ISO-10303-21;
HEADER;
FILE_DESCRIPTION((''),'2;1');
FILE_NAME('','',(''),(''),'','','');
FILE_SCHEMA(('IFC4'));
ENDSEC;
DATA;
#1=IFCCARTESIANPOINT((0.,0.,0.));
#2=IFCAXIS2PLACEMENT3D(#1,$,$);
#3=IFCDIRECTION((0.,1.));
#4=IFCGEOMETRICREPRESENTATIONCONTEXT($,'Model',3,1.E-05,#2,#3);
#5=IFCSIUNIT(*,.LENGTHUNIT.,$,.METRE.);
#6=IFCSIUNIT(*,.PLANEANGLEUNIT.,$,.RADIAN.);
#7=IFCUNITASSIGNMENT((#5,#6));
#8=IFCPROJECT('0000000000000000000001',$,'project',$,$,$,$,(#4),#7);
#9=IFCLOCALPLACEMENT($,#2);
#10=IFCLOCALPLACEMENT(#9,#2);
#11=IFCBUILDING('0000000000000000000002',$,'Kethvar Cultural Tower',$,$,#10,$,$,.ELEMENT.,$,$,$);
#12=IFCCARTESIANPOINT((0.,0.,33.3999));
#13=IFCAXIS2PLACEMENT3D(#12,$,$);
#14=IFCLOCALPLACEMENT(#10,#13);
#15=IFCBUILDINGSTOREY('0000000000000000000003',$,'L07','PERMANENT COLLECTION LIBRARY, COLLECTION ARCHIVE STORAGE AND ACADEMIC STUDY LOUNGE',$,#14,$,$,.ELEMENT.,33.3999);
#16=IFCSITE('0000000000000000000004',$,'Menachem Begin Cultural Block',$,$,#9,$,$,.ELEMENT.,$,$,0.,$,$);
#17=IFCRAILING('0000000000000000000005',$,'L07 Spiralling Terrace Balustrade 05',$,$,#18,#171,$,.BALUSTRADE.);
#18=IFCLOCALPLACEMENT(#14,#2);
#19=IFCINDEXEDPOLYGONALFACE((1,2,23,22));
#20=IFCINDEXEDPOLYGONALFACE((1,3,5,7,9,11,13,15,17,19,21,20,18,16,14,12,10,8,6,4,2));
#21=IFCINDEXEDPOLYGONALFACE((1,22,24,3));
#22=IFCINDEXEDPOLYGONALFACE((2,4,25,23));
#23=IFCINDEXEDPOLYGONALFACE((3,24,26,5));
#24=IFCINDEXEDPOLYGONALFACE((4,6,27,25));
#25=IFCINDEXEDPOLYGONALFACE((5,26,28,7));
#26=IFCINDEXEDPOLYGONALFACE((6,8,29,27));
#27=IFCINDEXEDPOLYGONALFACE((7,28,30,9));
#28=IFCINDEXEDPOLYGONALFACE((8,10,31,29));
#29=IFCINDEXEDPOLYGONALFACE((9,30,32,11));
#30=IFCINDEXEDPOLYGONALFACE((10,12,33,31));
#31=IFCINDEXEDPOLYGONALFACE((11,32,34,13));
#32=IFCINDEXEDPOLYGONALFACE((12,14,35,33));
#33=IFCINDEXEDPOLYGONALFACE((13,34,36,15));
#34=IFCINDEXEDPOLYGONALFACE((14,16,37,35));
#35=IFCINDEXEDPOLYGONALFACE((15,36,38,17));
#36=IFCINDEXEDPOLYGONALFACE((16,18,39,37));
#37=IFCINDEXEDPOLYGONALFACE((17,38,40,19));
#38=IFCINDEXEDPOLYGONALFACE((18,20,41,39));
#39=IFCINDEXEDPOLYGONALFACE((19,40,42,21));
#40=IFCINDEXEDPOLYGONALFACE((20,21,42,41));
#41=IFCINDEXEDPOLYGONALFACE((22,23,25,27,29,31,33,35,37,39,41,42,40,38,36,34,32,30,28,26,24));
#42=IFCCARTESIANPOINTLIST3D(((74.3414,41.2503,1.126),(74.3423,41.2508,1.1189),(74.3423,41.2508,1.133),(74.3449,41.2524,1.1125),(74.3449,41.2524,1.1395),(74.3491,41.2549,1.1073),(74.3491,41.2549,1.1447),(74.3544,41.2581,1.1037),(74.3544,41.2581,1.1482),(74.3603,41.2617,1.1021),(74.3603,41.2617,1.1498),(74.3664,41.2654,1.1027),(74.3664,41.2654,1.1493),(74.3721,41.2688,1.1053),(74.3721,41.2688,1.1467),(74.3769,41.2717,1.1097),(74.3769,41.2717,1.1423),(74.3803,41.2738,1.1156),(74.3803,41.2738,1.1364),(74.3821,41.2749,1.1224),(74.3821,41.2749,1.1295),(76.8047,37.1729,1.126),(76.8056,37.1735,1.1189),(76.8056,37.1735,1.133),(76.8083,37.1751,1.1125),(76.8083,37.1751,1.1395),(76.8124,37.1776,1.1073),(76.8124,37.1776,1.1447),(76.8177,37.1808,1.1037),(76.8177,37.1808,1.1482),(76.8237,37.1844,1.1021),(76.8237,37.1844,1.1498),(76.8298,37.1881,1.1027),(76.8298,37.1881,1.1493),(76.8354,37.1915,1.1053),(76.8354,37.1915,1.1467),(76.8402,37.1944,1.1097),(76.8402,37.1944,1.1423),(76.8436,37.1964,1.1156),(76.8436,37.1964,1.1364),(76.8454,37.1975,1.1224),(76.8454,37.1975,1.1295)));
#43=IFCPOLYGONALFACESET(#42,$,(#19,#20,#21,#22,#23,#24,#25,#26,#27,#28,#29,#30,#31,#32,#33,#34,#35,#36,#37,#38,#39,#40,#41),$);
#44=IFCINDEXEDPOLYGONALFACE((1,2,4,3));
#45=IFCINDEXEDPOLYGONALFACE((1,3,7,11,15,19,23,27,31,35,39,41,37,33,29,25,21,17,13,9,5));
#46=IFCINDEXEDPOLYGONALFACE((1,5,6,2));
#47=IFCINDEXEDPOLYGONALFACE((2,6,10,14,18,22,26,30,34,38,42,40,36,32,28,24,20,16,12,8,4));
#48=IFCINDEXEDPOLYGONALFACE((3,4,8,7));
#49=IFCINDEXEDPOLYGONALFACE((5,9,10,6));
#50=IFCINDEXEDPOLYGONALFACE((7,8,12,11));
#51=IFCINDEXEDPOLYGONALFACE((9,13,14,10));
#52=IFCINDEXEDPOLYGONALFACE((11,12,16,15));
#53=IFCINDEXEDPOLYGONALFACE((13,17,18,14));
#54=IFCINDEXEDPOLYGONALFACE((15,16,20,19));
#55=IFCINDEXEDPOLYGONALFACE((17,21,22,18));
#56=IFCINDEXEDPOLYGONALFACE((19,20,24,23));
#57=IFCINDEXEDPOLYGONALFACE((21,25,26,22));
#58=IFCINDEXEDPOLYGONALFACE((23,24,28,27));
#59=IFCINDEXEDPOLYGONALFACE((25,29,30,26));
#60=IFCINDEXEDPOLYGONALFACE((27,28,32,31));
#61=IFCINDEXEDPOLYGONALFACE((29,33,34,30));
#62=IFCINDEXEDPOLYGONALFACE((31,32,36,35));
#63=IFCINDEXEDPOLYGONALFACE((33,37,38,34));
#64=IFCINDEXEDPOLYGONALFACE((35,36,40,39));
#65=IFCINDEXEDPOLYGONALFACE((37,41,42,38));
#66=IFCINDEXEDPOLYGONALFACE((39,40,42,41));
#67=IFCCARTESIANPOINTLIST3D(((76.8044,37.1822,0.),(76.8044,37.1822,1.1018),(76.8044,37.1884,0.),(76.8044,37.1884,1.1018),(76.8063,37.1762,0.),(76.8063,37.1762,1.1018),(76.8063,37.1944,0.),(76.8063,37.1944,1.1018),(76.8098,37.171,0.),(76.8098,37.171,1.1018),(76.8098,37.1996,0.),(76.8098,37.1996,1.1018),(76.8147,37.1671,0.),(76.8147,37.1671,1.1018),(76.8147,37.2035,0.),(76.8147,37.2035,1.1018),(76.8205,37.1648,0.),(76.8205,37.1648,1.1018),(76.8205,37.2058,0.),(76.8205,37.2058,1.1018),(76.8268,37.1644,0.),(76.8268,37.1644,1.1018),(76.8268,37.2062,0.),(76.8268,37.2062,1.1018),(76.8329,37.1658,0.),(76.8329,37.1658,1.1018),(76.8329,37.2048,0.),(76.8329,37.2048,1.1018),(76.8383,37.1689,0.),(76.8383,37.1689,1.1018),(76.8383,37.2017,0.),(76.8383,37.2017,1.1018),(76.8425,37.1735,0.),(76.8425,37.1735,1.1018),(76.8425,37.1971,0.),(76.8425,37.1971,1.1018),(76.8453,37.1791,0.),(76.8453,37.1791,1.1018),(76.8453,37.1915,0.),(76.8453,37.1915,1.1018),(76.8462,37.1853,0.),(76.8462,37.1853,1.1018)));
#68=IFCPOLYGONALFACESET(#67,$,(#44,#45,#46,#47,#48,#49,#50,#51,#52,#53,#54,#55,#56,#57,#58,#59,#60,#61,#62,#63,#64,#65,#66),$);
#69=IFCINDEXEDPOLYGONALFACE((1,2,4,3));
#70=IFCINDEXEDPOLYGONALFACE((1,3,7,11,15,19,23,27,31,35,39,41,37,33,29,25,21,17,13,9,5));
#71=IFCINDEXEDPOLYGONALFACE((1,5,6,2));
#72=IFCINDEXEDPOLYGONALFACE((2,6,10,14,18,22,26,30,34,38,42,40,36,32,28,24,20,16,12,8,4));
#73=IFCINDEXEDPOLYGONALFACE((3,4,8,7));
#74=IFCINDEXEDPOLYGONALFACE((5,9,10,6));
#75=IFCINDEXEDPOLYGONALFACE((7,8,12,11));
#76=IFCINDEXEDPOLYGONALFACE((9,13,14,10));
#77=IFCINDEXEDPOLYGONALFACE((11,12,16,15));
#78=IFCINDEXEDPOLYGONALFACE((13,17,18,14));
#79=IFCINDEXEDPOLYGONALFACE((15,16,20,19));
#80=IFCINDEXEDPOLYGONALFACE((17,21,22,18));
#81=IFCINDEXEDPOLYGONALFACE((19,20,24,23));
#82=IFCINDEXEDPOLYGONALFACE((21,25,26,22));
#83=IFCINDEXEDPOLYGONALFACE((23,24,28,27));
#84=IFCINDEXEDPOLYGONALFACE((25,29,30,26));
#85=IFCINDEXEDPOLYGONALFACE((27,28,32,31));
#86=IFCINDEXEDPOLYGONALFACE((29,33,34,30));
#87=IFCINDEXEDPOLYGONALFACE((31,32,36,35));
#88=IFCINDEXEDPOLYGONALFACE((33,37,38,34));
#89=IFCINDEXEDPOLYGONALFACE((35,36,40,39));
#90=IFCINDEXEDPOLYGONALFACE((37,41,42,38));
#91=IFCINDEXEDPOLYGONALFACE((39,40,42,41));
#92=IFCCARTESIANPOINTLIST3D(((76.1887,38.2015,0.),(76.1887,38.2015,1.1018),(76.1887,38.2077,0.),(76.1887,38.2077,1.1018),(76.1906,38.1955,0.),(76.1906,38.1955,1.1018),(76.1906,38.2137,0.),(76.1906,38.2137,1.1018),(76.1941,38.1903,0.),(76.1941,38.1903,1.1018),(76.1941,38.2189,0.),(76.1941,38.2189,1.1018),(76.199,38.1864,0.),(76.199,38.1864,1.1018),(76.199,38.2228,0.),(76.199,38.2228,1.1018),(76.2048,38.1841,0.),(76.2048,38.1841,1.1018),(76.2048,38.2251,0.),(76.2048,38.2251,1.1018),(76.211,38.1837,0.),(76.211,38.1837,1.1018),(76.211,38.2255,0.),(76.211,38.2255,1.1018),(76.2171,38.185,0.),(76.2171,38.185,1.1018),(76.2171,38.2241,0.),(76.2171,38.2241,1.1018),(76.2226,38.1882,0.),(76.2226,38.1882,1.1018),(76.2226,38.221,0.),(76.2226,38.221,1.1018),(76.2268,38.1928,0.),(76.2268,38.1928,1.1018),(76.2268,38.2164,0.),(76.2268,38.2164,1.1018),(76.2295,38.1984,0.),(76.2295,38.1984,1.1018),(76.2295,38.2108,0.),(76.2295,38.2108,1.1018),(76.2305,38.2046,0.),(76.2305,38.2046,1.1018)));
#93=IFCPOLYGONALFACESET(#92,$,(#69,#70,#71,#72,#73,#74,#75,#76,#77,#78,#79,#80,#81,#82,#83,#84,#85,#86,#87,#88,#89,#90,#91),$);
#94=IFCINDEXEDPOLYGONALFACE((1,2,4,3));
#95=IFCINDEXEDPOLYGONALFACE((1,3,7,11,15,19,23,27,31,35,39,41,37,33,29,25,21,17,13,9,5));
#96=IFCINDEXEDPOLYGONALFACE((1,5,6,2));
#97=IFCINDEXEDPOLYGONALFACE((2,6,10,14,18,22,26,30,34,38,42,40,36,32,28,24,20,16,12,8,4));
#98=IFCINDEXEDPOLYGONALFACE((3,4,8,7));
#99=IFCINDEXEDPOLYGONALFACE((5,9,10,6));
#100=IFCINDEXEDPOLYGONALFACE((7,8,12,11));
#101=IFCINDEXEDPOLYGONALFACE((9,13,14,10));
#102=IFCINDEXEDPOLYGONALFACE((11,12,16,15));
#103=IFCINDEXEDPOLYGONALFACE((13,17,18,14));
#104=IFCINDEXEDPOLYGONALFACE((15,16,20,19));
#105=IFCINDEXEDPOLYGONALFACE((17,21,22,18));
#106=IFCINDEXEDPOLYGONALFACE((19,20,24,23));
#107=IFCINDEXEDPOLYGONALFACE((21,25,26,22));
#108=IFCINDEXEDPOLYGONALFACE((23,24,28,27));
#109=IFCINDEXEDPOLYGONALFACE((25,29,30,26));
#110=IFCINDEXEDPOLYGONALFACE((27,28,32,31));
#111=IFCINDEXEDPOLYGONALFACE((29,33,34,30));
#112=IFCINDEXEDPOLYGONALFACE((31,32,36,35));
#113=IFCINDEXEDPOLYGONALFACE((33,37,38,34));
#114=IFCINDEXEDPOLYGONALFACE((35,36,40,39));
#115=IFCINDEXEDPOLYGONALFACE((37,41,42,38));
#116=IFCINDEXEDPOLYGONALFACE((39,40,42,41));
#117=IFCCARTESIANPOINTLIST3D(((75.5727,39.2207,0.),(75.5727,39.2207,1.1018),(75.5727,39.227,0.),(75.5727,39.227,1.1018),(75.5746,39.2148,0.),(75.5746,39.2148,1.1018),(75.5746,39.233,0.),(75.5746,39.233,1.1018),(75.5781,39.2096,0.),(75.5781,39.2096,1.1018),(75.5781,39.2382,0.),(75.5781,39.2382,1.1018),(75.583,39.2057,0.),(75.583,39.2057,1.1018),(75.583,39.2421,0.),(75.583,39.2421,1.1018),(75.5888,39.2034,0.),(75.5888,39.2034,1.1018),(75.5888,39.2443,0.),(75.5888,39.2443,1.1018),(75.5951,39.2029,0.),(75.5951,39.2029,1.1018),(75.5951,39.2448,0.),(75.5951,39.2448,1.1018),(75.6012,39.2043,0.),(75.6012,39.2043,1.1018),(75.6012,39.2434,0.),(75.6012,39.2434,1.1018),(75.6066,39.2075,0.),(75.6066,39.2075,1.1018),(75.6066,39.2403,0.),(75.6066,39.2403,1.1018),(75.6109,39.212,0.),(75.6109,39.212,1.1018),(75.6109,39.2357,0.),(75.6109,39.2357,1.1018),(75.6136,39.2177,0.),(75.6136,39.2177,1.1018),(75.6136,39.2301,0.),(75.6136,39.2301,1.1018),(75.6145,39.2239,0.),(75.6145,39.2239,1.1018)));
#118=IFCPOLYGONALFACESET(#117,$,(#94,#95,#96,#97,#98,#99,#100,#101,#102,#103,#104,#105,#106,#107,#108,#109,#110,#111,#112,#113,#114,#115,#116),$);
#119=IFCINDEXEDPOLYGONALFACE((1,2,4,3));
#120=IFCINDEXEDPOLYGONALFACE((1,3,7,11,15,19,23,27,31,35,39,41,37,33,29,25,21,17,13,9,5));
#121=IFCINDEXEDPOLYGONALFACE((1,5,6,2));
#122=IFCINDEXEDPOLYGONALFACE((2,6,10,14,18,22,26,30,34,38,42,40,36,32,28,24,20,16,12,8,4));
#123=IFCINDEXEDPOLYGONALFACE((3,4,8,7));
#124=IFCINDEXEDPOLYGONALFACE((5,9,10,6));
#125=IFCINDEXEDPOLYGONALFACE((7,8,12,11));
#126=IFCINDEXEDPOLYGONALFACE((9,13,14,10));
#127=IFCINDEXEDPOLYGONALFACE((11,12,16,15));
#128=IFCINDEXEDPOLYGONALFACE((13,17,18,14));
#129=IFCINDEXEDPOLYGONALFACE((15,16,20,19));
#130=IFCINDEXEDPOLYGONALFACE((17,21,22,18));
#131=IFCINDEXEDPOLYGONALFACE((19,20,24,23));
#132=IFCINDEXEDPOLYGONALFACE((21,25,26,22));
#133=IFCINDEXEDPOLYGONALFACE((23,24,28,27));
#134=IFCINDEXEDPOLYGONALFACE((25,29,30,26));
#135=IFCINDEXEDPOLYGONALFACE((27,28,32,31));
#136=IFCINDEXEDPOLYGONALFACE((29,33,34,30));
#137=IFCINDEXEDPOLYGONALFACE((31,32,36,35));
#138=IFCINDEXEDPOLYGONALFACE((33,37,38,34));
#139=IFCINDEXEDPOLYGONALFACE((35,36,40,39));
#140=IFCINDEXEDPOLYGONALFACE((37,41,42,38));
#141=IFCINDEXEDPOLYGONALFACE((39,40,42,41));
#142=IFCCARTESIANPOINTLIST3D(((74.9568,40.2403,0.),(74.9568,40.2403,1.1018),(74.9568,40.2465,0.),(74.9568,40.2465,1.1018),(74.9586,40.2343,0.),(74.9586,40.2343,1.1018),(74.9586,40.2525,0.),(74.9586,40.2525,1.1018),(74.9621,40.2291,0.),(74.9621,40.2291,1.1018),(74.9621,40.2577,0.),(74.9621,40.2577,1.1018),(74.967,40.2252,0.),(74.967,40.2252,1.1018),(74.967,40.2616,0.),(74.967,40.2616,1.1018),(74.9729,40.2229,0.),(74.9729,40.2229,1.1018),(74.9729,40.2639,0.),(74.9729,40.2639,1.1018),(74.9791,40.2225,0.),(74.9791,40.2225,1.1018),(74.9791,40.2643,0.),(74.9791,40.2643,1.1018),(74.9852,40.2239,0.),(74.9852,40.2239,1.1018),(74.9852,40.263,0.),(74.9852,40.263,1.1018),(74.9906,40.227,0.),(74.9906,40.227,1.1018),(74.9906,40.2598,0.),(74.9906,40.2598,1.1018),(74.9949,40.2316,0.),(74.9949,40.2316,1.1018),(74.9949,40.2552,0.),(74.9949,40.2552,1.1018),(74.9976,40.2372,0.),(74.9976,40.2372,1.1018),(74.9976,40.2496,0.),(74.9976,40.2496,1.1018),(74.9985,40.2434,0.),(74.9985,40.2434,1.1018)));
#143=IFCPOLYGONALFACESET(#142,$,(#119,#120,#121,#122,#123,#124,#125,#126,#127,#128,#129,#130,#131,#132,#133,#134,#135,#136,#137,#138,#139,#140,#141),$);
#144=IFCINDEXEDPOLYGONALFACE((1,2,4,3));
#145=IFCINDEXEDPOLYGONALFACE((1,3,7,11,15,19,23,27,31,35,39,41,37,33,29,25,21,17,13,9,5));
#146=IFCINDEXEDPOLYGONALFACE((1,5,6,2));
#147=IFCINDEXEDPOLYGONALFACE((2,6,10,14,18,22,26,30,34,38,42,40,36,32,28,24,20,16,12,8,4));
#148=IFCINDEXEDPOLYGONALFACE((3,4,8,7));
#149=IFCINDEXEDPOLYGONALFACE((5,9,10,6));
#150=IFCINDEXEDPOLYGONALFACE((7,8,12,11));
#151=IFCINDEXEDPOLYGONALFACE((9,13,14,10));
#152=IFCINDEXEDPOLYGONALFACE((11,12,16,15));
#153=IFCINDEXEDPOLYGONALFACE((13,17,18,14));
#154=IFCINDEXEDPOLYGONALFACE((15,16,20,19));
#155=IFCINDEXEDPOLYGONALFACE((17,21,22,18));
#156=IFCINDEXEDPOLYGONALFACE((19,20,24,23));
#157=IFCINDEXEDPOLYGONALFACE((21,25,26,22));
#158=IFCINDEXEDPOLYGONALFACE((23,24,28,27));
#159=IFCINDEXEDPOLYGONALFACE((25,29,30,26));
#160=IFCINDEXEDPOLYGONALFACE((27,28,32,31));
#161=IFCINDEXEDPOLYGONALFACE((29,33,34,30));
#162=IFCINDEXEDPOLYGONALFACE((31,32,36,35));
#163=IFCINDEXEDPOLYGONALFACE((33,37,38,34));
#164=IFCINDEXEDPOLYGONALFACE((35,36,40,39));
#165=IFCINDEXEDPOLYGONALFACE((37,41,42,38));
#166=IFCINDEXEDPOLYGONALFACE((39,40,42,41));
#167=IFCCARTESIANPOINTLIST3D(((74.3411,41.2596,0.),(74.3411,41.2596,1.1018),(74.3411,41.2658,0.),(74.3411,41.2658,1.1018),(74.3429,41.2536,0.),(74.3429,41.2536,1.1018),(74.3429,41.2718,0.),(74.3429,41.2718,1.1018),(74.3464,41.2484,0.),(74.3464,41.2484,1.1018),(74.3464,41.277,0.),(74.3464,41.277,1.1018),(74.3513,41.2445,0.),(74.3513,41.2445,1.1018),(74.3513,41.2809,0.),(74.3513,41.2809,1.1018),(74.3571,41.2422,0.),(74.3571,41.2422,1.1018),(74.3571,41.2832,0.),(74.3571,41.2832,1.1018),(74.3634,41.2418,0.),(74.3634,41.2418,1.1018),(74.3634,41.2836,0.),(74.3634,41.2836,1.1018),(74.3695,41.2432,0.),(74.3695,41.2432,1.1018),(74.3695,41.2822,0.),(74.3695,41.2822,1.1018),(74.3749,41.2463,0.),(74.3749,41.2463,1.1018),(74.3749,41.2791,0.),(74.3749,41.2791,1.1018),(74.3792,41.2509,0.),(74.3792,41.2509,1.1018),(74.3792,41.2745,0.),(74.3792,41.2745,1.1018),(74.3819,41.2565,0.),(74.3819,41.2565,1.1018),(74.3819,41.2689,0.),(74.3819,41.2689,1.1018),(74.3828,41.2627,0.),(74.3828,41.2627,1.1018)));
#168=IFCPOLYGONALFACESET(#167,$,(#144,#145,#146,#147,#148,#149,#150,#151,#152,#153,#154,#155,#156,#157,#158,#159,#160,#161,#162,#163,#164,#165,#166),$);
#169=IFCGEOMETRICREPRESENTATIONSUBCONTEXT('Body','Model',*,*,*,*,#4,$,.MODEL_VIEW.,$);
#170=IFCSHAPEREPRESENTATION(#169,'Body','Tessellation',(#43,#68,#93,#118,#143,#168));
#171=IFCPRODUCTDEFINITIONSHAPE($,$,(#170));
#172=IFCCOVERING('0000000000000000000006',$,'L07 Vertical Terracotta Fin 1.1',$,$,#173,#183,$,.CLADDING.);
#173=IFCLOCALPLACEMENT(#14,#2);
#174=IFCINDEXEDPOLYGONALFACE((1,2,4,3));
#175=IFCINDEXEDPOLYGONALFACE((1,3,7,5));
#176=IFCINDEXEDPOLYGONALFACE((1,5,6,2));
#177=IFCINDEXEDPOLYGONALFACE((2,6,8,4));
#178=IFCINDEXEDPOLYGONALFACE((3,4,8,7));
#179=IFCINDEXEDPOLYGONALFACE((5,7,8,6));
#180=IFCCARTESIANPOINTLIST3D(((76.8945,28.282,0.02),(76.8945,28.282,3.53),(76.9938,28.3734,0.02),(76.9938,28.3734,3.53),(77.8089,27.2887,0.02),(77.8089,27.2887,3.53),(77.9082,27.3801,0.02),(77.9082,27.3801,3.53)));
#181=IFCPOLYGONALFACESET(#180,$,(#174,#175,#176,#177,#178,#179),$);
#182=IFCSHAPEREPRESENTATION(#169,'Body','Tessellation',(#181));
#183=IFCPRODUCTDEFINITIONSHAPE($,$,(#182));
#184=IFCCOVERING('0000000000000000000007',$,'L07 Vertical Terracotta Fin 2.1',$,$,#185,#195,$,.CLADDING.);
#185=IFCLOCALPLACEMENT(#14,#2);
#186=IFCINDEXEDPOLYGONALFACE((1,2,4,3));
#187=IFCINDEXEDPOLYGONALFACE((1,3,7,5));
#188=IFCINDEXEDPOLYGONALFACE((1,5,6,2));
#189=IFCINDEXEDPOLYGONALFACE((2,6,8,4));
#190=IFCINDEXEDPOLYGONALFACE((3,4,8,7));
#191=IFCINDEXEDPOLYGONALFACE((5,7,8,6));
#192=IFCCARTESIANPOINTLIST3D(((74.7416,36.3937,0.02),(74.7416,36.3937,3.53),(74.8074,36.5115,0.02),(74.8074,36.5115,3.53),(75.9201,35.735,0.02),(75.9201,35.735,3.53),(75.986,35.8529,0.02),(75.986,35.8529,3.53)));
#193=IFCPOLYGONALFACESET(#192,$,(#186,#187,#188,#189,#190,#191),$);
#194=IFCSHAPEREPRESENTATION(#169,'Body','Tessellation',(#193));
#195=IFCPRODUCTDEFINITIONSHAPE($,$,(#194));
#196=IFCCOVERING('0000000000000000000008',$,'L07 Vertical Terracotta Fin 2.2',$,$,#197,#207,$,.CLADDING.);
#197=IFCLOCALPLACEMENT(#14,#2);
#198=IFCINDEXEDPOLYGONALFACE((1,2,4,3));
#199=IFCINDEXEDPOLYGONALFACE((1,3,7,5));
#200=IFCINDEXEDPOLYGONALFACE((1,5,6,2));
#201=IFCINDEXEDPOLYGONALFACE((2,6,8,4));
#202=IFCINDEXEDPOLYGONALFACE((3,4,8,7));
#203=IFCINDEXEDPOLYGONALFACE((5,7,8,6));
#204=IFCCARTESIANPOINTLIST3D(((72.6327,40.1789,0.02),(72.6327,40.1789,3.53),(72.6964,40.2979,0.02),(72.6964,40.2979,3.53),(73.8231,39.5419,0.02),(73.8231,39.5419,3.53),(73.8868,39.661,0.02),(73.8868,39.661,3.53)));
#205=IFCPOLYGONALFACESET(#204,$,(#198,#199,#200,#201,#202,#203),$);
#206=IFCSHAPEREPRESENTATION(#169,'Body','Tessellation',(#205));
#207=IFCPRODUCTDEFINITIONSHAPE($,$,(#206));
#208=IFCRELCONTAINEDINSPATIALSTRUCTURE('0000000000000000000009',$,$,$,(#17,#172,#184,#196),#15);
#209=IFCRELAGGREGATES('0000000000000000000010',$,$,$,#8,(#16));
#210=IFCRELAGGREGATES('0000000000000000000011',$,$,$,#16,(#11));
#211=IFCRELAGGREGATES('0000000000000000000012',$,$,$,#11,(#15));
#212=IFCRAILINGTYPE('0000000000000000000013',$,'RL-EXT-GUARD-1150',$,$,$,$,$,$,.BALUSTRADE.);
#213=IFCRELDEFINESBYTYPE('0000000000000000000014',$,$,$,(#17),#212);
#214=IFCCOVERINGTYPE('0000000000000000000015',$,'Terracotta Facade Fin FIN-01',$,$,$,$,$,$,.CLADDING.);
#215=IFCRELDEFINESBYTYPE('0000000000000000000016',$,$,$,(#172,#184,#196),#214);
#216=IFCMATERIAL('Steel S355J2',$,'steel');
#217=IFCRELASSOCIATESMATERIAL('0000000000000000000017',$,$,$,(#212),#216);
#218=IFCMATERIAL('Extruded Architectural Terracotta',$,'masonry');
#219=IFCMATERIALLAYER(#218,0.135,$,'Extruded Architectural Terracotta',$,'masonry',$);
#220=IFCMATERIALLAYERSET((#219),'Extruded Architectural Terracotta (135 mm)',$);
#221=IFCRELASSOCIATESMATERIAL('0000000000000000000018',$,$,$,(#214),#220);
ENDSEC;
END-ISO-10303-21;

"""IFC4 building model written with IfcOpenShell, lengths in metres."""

from ifc_helpers import new_model, si_unit, direction, frame, origin, origin_2d, place, context, subcontext, project, spatial, rectangle, circle, extrude, source, transform, mapped, material, layer, layer_set, type_object, element, save


model = new_model("IFC4")

# Units and contexts
model_context = context("Model", 3, precision=1e-05, world=origin(), true_north=direction((0.0, 1.0)))
body_context = subcontext(model_context, "Body", "Model", "MODEL_VIEW")
ifc_project = project(units=[si_unit("LENGTHUNIT", "METRE"), si_unit("PLANEANGLEUNIT", "RADIAN")], contexts=[model_context])

# Site, building, storey
site_placement = place(None, origin())
site = spatial("IfcSite", under=ifc_project, at=site_placement, Name="Menachem Begin Cultural Block", CompositionType="ELEMENT", RefElevation=0.0)
building_placement = place(site_placement, origin())
building = spatial("IfcBuilding", under=site, at=building_placement, Name="Kethvar Cultural Tower", CompositionType="ELEMENT")
storey_placement = place(building_placement, frame((0.0, 0.0, 33.3999)))
storey = spatial("IfcBuildingStorey", under=building, at=storey_placement, Name="L07", Description="PERMANENT COLLECTION LIBRARY, COLLECTION ARCHIVE STORAGE AND ACADEMIC STUDY LOUNGE", CompositionType="ELEMENT", Elevation=33.3999)

# Shared definitions
ifc_material_1 = material(Name="Steel S355J2", Category="steel")

# Railing
railing_type = type_object("IfcRailingType", Name="RL-EXT-GUARD-1150", PredefinedType="BALUSTRADE", material=ifc_material_1)
railing_1_placement = place(storey_placement, frame((76.8252, 37.1853, 0.0)))
element("IfcRailing", 1, at=railing_1_placement, inside=storey, type_object=railing_type, Name="L07 Spiralling Terrace Balustrade 05", PredefinedType="BALUSTRADE", context=body_context, shape_type="SweptSolid", body=[
    extrude(circle(Radius=0.0239, at=origin_2d()), frame((0.0, 0.0, 1.126), z_axis=(-0.517109, 0.85592, 0.0), x_axis=(-0.85592, -0.517109, 0.0)), (0.0, 0.0, 1.0), 4.7637),
    extrude(circle(Radius=0.021, at=origin_2d()), origin(), (0.0, 0.0, 1.0), 1.1018),
    extrude(circle(Radius=0.021, at=origin_2d()), frame((-0.6157, 1.0193, 0.0)), (0.0, 0.0, 1.0), 1.1018),
    extrude(circle(Radius=0.021, at=origin_2d()), frame((-1.2317, 2.0386, 0.0)), (0.0, 0.0, 1.0), 1.1018),
    extrude(circle(Radius=0.021, at=origin_2d()), frame((-1.8477, 3.0581, 0.0)), (0.0, 0.0, 1.0), 1.1018),
    extrude(circle(Radius=0.021, at=origin_2d()), frame((-2.4634, 4.0774, 0.0)), (0.0, 0.0, 1.0), 1.1018),
])

# Coverings
ifc_material_2 = material(Name="Extruded Architectural Terracotta", Category="masonry")
ifc_layer_1 = layer(ifc_material_2, 0.135, Name="Extruded Architectural Terracotta", Category="masonry")
ifc_layer_set_1 = layer_set([ifc_layer_1], Name="Extruded Architectural Terracotta (135 mm)")
covering_type_1 = type_object("IfcCoveringType", Name="Terracotta Facade Fin FIN-01", PredefinedType="CLADDING", material=ifc_layer_set_1)
shared_shape_1 = source(origin(), body_context, "Body", "SweptSolid", [
    extrude(rectangle(XDim=1.3501, YDim=0.135, at=origin_2d()), origin(), (0.0, 0.0, 1.0), 3.51),
])
for number, where, z_axis, x_axis, name in (
    (2, (77.4014, 27.8311, 0.02), (0.0, 0.0, 1.0), (0.677261, -0.735743, 0.0), "L07 Vertical Terracotta Fin 1.1"),
    (3, (75.3638, 36.1233, 0.02), (0.0, 0.0, 1.0), (0.872922, -0.48786, 0.0), "L07 Vertical Terracotta Fin 2.1"),
    (4, (73.2598, 39.9199, 0.02), (0.0, 0.0, 1.0), (0.881715, -0.471782, 0.0), "L07 Vertical Terracotta Fin 2.2"),
):
    element("IfcCovering", number, at=place(storey_placement, frame(where, z_axis=z_axis, x_axis=x_axis)), inside=storey, type_object=covering_type_1, Name=name, PredefinedType="CLADDING", context=body_context, shape_type="MappedRepresentation", body=[
        mapped(shared_shape_1, transform((0.0, 0.0, 0.0), scale=1.0)),
    ])

save(model, "model.ifc")
